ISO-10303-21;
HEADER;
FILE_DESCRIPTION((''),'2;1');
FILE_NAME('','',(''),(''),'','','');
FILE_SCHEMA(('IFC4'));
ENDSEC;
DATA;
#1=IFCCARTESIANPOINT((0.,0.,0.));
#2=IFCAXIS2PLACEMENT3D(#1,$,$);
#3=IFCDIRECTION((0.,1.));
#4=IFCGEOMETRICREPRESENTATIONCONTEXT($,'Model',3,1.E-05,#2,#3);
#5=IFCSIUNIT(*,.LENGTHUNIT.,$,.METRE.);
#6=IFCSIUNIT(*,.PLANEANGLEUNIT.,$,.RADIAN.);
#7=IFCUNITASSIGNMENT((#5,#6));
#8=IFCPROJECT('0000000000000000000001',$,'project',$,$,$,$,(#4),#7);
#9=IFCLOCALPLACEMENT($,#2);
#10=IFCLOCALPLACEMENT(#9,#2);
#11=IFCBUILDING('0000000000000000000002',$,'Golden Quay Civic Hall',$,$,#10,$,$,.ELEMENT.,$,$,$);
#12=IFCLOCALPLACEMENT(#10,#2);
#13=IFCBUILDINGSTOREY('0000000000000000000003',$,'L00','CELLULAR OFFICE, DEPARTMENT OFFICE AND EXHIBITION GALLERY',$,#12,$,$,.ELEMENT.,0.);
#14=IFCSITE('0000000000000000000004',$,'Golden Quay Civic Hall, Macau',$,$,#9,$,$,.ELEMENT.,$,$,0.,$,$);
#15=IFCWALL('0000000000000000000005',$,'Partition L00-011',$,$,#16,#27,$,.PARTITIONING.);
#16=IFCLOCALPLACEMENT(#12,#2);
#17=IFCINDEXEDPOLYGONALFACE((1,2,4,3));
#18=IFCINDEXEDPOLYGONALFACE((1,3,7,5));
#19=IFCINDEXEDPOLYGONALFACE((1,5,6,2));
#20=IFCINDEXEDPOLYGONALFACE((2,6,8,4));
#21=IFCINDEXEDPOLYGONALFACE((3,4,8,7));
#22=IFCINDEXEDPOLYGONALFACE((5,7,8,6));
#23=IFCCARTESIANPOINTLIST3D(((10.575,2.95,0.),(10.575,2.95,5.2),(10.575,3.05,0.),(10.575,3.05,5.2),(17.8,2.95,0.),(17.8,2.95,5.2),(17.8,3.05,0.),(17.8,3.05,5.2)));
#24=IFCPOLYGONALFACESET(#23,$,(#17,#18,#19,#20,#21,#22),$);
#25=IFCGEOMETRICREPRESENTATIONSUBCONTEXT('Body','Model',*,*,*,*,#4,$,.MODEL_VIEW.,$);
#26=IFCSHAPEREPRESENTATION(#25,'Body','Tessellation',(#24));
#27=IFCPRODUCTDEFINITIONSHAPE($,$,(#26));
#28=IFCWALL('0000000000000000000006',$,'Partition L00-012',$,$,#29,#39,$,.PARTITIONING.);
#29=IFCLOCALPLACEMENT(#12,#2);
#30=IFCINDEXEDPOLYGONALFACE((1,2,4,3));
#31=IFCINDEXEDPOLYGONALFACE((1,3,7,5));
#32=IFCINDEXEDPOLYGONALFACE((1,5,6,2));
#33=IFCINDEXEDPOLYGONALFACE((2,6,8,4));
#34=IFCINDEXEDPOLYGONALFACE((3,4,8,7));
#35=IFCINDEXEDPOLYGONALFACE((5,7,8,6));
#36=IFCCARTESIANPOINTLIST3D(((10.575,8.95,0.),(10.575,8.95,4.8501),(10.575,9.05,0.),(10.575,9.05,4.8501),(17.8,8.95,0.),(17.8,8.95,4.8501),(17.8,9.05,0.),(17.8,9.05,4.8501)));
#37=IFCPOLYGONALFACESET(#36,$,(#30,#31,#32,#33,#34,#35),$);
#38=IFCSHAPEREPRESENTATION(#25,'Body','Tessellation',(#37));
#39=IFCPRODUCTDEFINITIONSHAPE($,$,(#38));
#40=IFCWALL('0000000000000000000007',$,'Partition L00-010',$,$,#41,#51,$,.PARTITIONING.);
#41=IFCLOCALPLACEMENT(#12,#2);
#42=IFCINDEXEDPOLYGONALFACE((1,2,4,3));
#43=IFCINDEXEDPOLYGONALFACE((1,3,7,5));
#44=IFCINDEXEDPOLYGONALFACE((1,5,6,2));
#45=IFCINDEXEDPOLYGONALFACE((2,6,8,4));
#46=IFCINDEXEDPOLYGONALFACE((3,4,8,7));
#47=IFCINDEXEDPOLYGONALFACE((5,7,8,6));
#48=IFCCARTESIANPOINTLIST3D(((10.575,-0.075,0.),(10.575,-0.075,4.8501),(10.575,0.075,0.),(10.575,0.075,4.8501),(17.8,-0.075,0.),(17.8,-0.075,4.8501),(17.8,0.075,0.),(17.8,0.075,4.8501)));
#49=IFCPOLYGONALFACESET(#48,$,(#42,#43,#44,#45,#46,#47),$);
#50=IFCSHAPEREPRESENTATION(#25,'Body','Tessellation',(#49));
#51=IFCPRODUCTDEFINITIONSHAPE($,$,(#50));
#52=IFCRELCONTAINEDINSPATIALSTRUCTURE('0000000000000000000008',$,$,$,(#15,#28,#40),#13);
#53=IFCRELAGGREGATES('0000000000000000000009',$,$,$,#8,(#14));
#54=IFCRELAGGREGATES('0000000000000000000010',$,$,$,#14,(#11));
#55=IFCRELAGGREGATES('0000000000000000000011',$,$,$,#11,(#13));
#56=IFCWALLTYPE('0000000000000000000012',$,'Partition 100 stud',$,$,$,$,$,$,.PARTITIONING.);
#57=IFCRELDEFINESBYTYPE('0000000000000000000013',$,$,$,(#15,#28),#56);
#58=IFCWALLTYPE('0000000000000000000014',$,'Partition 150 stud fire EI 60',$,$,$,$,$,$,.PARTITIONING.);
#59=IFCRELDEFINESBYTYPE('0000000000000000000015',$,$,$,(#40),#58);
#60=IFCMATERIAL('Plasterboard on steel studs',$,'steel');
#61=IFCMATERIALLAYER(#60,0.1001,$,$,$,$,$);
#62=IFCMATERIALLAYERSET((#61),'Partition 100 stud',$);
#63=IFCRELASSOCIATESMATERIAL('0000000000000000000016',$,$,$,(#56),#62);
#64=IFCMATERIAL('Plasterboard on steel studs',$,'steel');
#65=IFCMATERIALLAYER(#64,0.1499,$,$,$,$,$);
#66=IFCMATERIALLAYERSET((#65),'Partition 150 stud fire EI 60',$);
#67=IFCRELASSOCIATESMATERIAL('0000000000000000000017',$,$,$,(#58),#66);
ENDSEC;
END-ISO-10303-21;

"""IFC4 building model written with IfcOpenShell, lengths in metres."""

from ifc_helpers import new_model, si_unit, direction, frame, frame_2d, origin, place, context, subcontext, project, spatial, rectangle, extrude, material, layer, layer_set, type_object, element, save


model = new_model("IFC4")

# Units and contexts
model_context = context("Model", 3, precision=1e-05, world=origin(), true_north=direction((0.0, 1.0)))
body_context = subcontext(model_context, "Body", "Model", "MODEL_VIEW")
ifc_project = project(units=[si_unit("LENGTHUNIT", "METRE"), si_unit("PLANEANGLEUNIT", "RADIAN")], contexts=[model_context])

# Site, building, storey
site_placement = place(None, origin())
site = spatial("IfcSite", under=ifc_project, at=site_placement, Name="Golden Quay Civic Hall, Macau", CompositionType="ELEMENT", RefElevation=0.0)
building_placement = place(site_placement, origin())
building = spatial("IfcBuilding", under=site, at=building_placement, Name="Golden Quay Civic Hall", CompositionType="ELEMENT")
storey_placement = place(building_placement, origin())
storey = spatial("IfcBuildingStorey", under=building, at=storey_placement, Name="L00", Description="CELLULAR OFFICE, DEPARTMENT OFFICE AND EXHIBITION GALLERY", CompositionType="ELEMENT", Elevation=0.0)

# Walls
ifc_material_1 = material(Name="Plasterboard on steel studs", Category="steel")
ifc_layer_1 = layer(ifc_material_1, 0.1001)
ifc_layer_set_1 = layer_set([ifc_layer_1], Name="Partition 100 stud")
wall_type_1 = type_object("IfcWallType", Name="Partition 100 stud", PredefinedType="PARTITIONING", material=ifc_layer_set_1)
wall_1_placement = place(storey_placement, frame((10.575, 3.0, 0.0), z_axis=(0.0, 0.0, 1.0), x_axis=(1.0, 0.0, 0.0)))
element("IfcWall", 1, at=wall_1_placement, inside=storey, type_object=wall_type_1, Name="Partition L00-011", PredefinedType="PARTITIONING", context=body_context, shape_type="SweptSolid", body=[
    extrude(rectangle(XDim=7.2251, YDim=0.1001, at=frame_2d((3.6125, 0.0))), origin(), (0.0, 0.0, 1.0), 5.2),
])
wall_2_placement = place(storey_placement, frame((10.575, 9.0, 0.0), z_axis=(0.0, 0.0, 1.0), x_axis=(1.0, 0.0, 0.0)))
element("IfcWall", 2, at=wall_2_placement, inside=storey, type_object=wall_type_1, Name="Partition L00-012", PredefinedType="PARTITIONING", context=body_context, shape_type="SweptSolid", body=[
    extrude(rectangle(XDim=7.2251, YDim=0.1001, at=frame_2d((3.6125, 0.0))), origin(), (0.0, 0.0, 1.0), 4.8501),
])
ifc_material_2 = material(Name="Plasterboard on steel studs", Category="steel")
ifc_layer_2 = layer(ifc_material_2, 0.1499)
ifc_layer_set_2 = layer_set([ifc_layer_2], Name="Partition 150 stud fire EI 60")
wall_type_2 = type_object("IfcWallType", Name="Partition 150 stud fire EI 60", PredefinedType="PARTITIONING", material=ifc_layer_set_2)
wall_3_placement = place(storey_placement, frame((10.575, 0.0, 0.0), z_axis=(0.0, 0.0, 1.0), x_axis=(1.0, 0.0, 0.0)))
element("IfcWall", 3, at=wall_3_placement, inside=storey, type_object=wall_type_2, Name="Partition L00-010", PredefinedType="PARTITIONING", context=body_context, shape_type="SweptSolid", body=[
    extrude(rectangle(XDim=7.2251, YDim=0.1499, at=frame_2d((3.6125, 0.0))), origin(), (0.0, 0.0, 1.0), 4.8501),
])

save(model, "model.ifc")
